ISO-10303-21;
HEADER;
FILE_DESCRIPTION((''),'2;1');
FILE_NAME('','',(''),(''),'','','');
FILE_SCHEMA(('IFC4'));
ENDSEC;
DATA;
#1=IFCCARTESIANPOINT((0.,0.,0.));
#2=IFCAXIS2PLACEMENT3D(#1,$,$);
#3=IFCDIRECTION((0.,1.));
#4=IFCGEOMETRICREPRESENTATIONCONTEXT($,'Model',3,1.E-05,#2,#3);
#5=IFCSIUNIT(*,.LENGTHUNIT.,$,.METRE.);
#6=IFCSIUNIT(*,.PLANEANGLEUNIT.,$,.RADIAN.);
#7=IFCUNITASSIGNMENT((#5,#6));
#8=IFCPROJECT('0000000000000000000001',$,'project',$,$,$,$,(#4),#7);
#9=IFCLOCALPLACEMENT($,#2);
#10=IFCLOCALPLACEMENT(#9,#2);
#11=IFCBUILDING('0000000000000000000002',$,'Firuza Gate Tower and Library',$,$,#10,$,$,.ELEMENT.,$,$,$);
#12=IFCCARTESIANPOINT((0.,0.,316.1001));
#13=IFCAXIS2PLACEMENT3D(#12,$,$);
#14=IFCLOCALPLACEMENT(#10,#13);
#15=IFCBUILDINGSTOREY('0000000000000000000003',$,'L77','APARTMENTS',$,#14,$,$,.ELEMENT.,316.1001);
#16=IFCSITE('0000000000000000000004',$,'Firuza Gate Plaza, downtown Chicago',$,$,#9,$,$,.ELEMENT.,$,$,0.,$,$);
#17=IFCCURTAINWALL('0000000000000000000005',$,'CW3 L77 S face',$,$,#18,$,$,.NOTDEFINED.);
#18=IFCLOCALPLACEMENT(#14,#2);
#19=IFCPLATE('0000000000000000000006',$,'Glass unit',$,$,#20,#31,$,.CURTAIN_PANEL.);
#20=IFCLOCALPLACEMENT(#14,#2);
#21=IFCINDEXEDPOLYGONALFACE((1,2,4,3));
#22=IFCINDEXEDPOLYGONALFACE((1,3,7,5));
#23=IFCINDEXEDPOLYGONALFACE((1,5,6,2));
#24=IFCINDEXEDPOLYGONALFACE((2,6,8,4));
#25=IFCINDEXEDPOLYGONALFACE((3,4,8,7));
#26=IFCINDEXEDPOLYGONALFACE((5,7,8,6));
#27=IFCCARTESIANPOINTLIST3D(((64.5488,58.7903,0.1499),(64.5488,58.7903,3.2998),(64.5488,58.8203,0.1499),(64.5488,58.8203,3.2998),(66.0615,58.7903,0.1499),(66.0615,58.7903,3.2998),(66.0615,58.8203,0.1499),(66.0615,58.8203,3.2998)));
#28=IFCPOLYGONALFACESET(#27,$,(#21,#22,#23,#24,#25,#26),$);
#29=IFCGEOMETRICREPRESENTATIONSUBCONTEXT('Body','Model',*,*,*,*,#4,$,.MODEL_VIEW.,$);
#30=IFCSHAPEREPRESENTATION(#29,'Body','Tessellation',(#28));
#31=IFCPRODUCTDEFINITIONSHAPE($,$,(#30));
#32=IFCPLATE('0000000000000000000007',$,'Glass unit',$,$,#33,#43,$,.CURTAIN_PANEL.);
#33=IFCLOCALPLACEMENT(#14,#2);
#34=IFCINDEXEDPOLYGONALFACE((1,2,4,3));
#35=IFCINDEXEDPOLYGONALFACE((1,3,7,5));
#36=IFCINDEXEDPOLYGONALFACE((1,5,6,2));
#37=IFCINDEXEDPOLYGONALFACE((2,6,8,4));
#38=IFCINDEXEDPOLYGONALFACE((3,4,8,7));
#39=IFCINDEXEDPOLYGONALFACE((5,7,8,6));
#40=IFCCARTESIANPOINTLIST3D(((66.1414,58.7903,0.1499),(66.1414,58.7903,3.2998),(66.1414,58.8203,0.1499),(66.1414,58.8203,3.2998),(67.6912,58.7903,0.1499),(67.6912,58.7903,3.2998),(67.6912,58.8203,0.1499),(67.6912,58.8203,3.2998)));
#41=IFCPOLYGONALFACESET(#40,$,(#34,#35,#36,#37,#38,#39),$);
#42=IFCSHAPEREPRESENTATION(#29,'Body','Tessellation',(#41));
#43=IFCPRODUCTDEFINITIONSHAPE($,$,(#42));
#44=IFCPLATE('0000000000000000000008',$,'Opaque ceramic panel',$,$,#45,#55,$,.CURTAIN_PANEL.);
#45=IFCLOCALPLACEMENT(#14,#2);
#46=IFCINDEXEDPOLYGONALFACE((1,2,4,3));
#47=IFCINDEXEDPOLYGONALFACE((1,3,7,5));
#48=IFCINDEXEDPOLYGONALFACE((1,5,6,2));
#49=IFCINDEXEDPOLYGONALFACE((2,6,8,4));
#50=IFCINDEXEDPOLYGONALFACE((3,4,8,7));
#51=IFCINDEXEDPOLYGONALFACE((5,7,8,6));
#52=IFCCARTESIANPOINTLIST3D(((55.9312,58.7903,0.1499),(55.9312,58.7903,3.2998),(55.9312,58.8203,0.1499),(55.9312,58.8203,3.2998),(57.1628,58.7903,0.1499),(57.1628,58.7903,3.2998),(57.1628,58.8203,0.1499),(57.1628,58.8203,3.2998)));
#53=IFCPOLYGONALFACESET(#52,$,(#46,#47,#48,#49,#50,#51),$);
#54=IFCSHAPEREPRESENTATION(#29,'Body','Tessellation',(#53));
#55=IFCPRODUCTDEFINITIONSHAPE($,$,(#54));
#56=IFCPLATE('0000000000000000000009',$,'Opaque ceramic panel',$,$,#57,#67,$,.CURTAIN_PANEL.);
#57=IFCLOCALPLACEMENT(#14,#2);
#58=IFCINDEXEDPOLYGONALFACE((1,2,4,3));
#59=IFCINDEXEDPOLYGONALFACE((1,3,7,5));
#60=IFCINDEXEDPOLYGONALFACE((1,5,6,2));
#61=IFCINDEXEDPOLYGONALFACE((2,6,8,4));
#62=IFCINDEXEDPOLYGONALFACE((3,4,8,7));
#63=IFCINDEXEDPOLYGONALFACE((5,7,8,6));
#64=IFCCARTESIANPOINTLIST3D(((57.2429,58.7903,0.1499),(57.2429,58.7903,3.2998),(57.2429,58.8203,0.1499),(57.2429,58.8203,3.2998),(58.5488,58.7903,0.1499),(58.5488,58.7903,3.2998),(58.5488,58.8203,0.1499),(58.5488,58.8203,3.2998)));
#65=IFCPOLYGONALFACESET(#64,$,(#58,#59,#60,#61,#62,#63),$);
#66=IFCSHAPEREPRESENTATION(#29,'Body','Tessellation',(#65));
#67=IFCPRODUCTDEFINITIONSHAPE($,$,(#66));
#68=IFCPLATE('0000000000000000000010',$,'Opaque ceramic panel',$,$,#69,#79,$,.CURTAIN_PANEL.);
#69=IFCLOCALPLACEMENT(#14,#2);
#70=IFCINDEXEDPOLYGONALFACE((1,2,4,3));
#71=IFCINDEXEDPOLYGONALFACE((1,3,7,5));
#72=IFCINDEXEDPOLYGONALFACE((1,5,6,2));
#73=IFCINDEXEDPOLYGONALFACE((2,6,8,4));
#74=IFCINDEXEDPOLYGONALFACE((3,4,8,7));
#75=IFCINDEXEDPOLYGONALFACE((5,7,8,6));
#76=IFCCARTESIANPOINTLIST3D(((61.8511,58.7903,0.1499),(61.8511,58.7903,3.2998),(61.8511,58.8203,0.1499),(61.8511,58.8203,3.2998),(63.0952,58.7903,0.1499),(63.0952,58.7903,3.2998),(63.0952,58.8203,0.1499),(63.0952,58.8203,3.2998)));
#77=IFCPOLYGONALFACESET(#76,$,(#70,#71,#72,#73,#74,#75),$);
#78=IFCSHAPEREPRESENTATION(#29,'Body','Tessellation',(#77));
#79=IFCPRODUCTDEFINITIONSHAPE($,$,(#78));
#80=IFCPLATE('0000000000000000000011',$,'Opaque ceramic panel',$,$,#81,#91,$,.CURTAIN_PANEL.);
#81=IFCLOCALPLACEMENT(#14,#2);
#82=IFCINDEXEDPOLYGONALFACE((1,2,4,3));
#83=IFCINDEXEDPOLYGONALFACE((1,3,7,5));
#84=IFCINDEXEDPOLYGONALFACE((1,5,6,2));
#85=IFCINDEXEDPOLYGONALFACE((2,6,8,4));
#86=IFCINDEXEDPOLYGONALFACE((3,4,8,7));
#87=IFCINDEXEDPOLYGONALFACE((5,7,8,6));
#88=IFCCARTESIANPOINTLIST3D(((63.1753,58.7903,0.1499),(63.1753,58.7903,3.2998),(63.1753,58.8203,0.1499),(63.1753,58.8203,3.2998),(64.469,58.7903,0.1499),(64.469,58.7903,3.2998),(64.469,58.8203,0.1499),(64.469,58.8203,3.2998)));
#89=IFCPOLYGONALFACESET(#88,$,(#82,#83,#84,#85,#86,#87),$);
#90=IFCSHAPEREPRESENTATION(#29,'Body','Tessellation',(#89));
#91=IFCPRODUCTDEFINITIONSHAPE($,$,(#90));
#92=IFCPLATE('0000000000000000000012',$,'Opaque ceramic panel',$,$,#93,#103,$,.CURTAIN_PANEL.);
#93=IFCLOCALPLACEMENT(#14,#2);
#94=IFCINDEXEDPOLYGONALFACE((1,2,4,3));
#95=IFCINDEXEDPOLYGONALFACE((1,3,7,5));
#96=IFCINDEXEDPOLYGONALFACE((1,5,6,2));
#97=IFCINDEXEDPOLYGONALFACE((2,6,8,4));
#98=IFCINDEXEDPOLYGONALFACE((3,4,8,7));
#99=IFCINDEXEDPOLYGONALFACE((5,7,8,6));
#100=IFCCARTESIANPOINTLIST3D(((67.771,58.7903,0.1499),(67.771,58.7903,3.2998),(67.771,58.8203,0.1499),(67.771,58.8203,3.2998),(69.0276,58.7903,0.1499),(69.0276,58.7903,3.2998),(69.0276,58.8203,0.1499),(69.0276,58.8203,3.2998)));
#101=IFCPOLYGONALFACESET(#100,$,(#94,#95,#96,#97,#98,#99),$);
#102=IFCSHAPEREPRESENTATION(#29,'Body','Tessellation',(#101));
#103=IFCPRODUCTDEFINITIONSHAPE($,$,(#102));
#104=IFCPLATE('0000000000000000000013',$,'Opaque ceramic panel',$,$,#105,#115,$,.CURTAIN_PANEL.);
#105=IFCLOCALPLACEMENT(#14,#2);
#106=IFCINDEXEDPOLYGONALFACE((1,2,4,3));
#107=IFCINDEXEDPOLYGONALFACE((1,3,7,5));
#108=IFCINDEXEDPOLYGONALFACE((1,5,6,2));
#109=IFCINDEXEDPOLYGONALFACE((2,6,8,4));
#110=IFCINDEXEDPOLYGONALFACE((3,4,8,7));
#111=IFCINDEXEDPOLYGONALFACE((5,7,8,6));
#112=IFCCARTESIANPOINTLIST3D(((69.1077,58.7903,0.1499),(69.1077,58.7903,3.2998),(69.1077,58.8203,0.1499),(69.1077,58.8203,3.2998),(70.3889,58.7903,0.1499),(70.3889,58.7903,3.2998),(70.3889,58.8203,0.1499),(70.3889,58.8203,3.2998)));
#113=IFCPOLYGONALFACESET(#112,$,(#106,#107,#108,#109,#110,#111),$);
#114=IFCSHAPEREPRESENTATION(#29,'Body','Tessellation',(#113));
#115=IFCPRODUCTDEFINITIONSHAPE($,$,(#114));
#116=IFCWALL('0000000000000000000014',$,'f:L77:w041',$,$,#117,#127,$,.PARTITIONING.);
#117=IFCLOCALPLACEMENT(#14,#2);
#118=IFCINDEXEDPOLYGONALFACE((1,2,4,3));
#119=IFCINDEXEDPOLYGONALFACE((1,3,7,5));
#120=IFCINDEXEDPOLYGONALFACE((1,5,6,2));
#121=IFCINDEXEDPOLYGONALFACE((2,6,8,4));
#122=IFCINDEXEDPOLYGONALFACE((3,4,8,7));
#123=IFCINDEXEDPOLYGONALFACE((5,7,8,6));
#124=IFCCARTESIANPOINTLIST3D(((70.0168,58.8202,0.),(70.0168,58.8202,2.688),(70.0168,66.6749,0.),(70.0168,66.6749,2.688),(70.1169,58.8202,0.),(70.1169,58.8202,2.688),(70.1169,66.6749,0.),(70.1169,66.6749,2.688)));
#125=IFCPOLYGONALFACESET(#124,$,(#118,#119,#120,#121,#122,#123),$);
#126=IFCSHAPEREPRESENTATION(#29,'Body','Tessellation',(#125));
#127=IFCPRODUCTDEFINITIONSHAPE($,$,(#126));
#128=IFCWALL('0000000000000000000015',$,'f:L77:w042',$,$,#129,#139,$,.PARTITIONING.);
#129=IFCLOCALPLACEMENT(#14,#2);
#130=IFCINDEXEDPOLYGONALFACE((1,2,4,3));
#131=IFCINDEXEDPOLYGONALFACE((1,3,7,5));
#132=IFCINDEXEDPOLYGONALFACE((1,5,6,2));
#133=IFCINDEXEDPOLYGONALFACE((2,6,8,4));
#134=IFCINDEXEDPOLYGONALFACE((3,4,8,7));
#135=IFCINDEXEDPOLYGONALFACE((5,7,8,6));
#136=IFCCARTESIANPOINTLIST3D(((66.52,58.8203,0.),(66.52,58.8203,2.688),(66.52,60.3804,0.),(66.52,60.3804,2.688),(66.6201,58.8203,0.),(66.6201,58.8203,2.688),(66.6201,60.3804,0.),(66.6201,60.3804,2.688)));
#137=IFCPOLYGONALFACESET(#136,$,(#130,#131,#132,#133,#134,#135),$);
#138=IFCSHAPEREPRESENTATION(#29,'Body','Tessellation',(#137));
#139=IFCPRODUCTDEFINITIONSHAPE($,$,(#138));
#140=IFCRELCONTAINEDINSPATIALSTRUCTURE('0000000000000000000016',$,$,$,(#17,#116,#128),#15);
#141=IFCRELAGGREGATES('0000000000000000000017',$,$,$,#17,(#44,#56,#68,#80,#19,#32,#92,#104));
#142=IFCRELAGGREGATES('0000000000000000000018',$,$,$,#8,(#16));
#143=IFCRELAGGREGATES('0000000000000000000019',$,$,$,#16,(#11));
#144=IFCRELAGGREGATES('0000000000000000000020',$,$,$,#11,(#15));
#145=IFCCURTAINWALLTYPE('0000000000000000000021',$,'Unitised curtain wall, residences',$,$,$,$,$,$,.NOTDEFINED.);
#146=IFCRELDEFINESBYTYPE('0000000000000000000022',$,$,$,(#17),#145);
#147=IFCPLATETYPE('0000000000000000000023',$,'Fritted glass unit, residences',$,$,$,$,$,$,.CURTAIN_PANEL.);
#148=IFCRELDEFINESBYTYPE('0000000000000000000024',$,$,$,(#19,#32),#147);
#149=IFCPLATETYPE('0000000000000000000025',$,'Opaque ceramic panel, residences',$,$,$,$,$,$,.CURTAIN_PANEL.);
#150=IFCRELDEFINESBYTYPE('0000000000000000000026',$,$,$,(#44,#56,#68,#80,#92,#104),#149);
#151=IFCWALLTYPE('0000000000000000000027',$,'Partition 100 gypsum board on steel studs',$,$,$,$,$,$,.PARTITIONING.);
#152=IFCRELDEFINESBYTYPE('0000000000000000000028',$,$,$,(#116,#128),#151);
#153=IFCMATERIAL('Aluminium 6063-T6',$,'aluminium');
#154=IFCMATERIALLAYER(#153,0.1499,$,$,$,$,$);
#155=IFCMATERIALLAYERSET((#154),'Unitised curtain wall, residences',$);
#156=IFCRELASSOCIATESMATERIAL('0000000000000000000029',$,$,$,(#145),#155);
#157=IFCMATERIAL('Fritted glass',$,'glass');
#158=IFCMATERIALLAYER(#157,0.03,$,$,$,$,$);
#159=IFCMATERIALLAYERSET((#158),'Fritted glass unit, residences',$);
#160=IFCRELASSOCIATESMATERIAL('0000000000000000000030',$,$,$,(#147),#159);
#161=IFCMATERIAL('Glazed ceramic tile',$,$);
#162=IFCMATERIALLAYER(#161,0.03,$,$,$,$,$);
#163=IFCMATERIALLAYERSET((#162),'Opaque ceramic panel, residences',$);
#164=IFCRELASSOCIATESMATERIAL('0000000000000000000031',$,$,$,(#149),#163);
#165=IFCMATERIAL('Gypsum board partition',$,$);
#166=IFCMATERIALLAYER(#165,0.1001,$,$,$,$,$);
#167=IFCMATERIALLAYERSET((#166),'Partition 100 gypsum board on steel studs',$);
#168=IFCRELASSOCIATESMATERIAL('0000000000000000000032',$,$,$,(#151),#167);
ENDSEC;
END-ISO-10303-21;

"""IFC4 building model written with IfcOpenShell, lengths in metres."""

from ifc_helpers import new_model, si_unit, direction, frame, frame_2d, origin, place, context, subcontext, project, spatial, polyline, rectangle, outline, extrude, material, layer, layer_set, type_object, element, aggregate, save


model = new_model("IFC4")

# Units and contexts
model_context = context("Model", 3, precision=1e-05, world=origin(), true_north=direction((0.0, 1.0)))
body_context = subcontext(model_context, "Body", "Model", "MODEL_VIEW")
ifc_project = project(units=[si_unit("LENGTHUNIT", "METRE"), si_unit("PLANEANGLEUNIT", "RADIAN")], contexts=[model_context])

# Site, building, storey
site_placement = place(None, origin())
site = spatial("IfcSite", under=ifc_project, at=site_placement, Name="Firuza Gate Plaza, downtown Chicago", CompositionType="ELEMENT", RefElevation=0.0)
building_placement = place(site_placement, origin())
building = spatial("IfcBuilding", under=site, at=building_placement, Name="Firuza Gate Tower and Library", CompositionType="ELEMENT")
storey_placement = place(building_placement, frame((0.0, 0.0, 316.1001)))
storey = spatial("IfcBuildingStorey", under=building, at=storey_placement, Name="L77", Description="APARTMENTS", CompositionType="ELEMENT", Elevation=316.1001)

# Curtain wall, plates
ifc_material_1 = material(Name="Aluminium 6063-T6", Category="aluminium")
ifc_layer_1 = layer(ifc_material_1, 0.1499)
ifc_layer_set_1 = layer_set([ifc_layer_1], Name="Unitised curtain wall, residences")
curtain_wall_type = type_object("IfcCurtainWallType", Name="Unitised curtain wall, residences", PredefinedType="NOTDEFINED", material=ifc_layer_set_1)
curtain_wall_placement = place(storey_placement, origin())
curtain_wall = element("IfcCurtainWall", 1, at=curtain_wall_placement, inside=storey, type_object=curtain_wall_type, Name="CW3 L77 S face", PredefinedType="NOTDEFINED")
ifc_material_2 = material(Name="Fritted glass", Category="glass")
ifc_layer_2 = layer(ifc_material_2, 0.03)
ifc_layer_set_2 = layer_set([ifc_layer_2], Name="Fritted glass unit, residences")
plate_type_1 = type_object("IfcPlateType", Name="Fritted glass unit, residences", PredefinedType="CURTAIN_PANEL", material=ifc_layer_set_2)
plate_1_placement = place(storey_placement, frame((64.5488, 58.7903, 0.1499), z_axis=(0.0, -1.0, 0.0), x_axis=(1.0, 0.0, 0.0)))
plate_1 = element("IfcPlate", 2, at=plate_1_placement, type_object=plate_type_1, Name="Glass unit", PredefinedType="CURTAIN_PANEL", context=body_context, shape_type="SweptSolid", body=[
    extrude(outline(polyline([(0.0, 0.0), (1.5127, 0.0), (1.5127, 3.1499), (0.0, 3.1499), (0.0, 0.0)])), origin(), (0.0, 0.0, -1.0), 0.03),
])
plate_2_placement = place(storey_placement, frame((66.1414, 58.7903, 0.1499), z_axis=(0.0, -1.0, 0.0), x_axis=(1.0, 0.0, 0.0)))
plate_2 = element("IfcPlate", 3, at=plate_2_placement, type_object=plate_type_1, Name="Glass unit", PredefinedType="CURTAIN_PANEL", context=body_context, shape_type="SweptSolid", body=[
    extrude(outline(polyline([(0.0, 0.0), (1.5498, 0.0), (1.5498, 3.1499), (0.0, 3.1499), (0.0, 0.0)])), origin(), (0.0, 0.0, -1.0), 0.03),
])
ifc_material_3 = material(Name="Glazed ceramic tile")
ifc_layer_3 = layer(ifc_material_3, 0.03)
ifc_layer_set_3 = layer_set([ifc_layer_3], Name="Opaque ceramic panel, residences")
plate_type_2 = type_object("IfcPlateType", Name="Opaque ceramic panel, residences", PredefinedType="CURTAIN_PANEL", material=ifc_layer_set_3)
plate_3_placement = place(storey_placement, frame((55.9312, 58.7903, 0.1499), z_axis=(0.0, -1.0, 0.0), x_axis=(1.0, 0.0, 0.0)))
plate_3 = element("IfcPlate", 4, at=plate_3_placement, type_object=plate_type_2, Name="Opaque ceramic panel", PredefinedType="CURTAIN_PANEL", context=body_context, shape_type="SweptSolid", body=[
    extrude(outline(polyline([(0.0, 0.0), (1.2317, 0.0), (1.2317, 3.1499), (0.0, 3.1499), (0.0, 0.0)])), origin(), (0.0, 0.0, -1.0), 0.03),
])
plate_4_placement = place(storey_placement, frame((57.2429, 58.7903, 0.1499), z_axis=(0.0, -1.0, 0.0), x_axis=(1.0, 0.0, 0.0)))
plate_4 = element("IfcPlate", 5, at=plate_4_placement, type_object=plate_type_2, Name="Opaque ceramic panel", PredefinedType="CURTAIN_PANEL", context=body_context, shape_type="SweptSolid", body=[
    extrude(outline(polyline([(0.0, 0.0), (1.3059, 0.0), (1.3059, 3.1499), (0.0, 3.1499), (0.0, 0.0)])), origin(), (0.0, 0.0, -1.0), 0.03),
])
plate_5_placement = place(storey_placement, frame((61.8511, 58.7903, 0.1499), z_axis=(0.0, -1.0, 0.0), x_axis=(1.0, 0.0, 0.0)))
plate_5 = element("IfcPlate", 6, at=plate_5_placement, type_object=plate_type_2, Name="Opaque ceramic panel", PredefinedType="CURTAIN_PANEL", context=body_context, shape_type="SweptSolid", body=[
    extrude(outline(polyline([(0.0, 0.0), (1.2441, 0.0), (1.2441, 3.1499), (0.0, 3.1499), (0.0, 0.0)])), origin(), (0.0, 0.0, -1.0), 0.03),
])
plate_6_placement = place(storey_placement, frame((63.1753, 58.7903, 0.1499), z_axis=(0.0, -1.0, 0.0), x_axis=(1.0, 0.0, 0.0)))
plate_6 = element("IfcPlate", 7, at=plate_6_placement, type_object=plate_type_2, Name="Opaque ceramic panel", PredefinedType="CURTAIN_PANEL", context=body_context, shape_type="SweptSolid", body=[
    extrude(outline(polyline([(0.0, 0.0), (1.2937, 0.0), (1.2937, 3.1499), (0.0, 3.1499), (0.0, 0.0)])), origin(), (0.0, 0.0, -1.0), 0.03),
])
plate_7_placement = place(storey_placement, frame((67.771, 58.7903, 0.1499), z_axis=(0.0, -1.0, 0.0), x_axis=(1.0, 0.0, 0.0)))
plate_7 = element("IfcPlate", 8, at=plate_7_placement, type_object=plate_type_2, Name="Opaque ceramic panel", PredefinedType="CURTAIN_PANEL", context=body_context, shape_type="SweptSolid", body=[
    extrude(outline(polyline([(0.0, 0.0), (1.2566, 0.0), (1.2566, 3.1499), (0.0, 3.1499), (0.0, 0.0)])), origin(), (0.0, 0.0, -1.0), 0.03),
])
plate_8_placement = place(storey_placement, frame((69.1077, 58.7903, 0.1499), z_axis=(0.0, -1.0, 0.0), x_axis=(1.0, 0.0, 0.0)))
plate_8 = element("IfcPlate", 9, at=plate_8_placement, type_object=plate_type_2, Name="Opaque ceramic panel", PredefinedType="CURTAIN_PANEL", context=body_context, shape_type="SweptSolid", body=[
    extrude(outline(polyline([(0.0, 0.0), (1.2812, 0.0), (1.2812, 3.1499), (0.0, 3.1499), (0.0, 0.0)])), origin(), (0.0, 0.0, -1.0), 0.03),
])
aggregate(curtain_wall, [plate_3, plate_4, plate_5, plate_6, plate_1, plate_2, plate_7, plate_8])

# Walls
ifc_material_4 = material(Name="Gypsum board partition")
ifc_layer_4 = layer(ifc_material_4, 0.1001)
ifc_layer_set_4 = layer_set([ifc_layer_4], Name="Partition 100 gypsum board on steel studs")
wall_type = type_object("IfcWallType", Name="Partition 100 gypsum board on steel studs", PredefinedType="PARTITIONING", material=ifc_layer_set_4)
wall_1_placement = place(storey_placement, frame((70.0669, 58.8203, 0.0), z_axis=(0.0, 0.0, 1.0), x_axis=(0.0, 1.0, 0.0)))
element("IfcWall", 10, at=wall_1_placement, inside=storey, type_object=wall_type, Name="f:L77:w041", PredefinedType="PARTITIONING", context=body_context, shape_type="SweptSolid", body=[
    extrude(rectangle(XDim=7.8547, YDim=0.1001, at=frame_2d((3.9272, 0.0))), origin(), (0.0, 0.0, 1.0), 2.688),
])
wall_2_placement = place(storey_placement, frame((66.5701, 58.8203, 0.0), z_axis=(0.0, 0.0, 1.0), x_axis=(0.0, 1.0, 0.0)))
element("IfcWall", 11, at=wall_2_placement, inside=storey, type_object=wall_type, Name="f:L77:w042", PredefinedType="PARTITIONING", context=body_context, shape_type="SweptSolid", body=[
    extrude(rectangle(XDim=1.5601, YDim=0.1001, at=frame_2d((0.78, 0.0))), origin(), (0.0, 0.0, 1.0), 2.688),
])

save(model, "model.ifc")
